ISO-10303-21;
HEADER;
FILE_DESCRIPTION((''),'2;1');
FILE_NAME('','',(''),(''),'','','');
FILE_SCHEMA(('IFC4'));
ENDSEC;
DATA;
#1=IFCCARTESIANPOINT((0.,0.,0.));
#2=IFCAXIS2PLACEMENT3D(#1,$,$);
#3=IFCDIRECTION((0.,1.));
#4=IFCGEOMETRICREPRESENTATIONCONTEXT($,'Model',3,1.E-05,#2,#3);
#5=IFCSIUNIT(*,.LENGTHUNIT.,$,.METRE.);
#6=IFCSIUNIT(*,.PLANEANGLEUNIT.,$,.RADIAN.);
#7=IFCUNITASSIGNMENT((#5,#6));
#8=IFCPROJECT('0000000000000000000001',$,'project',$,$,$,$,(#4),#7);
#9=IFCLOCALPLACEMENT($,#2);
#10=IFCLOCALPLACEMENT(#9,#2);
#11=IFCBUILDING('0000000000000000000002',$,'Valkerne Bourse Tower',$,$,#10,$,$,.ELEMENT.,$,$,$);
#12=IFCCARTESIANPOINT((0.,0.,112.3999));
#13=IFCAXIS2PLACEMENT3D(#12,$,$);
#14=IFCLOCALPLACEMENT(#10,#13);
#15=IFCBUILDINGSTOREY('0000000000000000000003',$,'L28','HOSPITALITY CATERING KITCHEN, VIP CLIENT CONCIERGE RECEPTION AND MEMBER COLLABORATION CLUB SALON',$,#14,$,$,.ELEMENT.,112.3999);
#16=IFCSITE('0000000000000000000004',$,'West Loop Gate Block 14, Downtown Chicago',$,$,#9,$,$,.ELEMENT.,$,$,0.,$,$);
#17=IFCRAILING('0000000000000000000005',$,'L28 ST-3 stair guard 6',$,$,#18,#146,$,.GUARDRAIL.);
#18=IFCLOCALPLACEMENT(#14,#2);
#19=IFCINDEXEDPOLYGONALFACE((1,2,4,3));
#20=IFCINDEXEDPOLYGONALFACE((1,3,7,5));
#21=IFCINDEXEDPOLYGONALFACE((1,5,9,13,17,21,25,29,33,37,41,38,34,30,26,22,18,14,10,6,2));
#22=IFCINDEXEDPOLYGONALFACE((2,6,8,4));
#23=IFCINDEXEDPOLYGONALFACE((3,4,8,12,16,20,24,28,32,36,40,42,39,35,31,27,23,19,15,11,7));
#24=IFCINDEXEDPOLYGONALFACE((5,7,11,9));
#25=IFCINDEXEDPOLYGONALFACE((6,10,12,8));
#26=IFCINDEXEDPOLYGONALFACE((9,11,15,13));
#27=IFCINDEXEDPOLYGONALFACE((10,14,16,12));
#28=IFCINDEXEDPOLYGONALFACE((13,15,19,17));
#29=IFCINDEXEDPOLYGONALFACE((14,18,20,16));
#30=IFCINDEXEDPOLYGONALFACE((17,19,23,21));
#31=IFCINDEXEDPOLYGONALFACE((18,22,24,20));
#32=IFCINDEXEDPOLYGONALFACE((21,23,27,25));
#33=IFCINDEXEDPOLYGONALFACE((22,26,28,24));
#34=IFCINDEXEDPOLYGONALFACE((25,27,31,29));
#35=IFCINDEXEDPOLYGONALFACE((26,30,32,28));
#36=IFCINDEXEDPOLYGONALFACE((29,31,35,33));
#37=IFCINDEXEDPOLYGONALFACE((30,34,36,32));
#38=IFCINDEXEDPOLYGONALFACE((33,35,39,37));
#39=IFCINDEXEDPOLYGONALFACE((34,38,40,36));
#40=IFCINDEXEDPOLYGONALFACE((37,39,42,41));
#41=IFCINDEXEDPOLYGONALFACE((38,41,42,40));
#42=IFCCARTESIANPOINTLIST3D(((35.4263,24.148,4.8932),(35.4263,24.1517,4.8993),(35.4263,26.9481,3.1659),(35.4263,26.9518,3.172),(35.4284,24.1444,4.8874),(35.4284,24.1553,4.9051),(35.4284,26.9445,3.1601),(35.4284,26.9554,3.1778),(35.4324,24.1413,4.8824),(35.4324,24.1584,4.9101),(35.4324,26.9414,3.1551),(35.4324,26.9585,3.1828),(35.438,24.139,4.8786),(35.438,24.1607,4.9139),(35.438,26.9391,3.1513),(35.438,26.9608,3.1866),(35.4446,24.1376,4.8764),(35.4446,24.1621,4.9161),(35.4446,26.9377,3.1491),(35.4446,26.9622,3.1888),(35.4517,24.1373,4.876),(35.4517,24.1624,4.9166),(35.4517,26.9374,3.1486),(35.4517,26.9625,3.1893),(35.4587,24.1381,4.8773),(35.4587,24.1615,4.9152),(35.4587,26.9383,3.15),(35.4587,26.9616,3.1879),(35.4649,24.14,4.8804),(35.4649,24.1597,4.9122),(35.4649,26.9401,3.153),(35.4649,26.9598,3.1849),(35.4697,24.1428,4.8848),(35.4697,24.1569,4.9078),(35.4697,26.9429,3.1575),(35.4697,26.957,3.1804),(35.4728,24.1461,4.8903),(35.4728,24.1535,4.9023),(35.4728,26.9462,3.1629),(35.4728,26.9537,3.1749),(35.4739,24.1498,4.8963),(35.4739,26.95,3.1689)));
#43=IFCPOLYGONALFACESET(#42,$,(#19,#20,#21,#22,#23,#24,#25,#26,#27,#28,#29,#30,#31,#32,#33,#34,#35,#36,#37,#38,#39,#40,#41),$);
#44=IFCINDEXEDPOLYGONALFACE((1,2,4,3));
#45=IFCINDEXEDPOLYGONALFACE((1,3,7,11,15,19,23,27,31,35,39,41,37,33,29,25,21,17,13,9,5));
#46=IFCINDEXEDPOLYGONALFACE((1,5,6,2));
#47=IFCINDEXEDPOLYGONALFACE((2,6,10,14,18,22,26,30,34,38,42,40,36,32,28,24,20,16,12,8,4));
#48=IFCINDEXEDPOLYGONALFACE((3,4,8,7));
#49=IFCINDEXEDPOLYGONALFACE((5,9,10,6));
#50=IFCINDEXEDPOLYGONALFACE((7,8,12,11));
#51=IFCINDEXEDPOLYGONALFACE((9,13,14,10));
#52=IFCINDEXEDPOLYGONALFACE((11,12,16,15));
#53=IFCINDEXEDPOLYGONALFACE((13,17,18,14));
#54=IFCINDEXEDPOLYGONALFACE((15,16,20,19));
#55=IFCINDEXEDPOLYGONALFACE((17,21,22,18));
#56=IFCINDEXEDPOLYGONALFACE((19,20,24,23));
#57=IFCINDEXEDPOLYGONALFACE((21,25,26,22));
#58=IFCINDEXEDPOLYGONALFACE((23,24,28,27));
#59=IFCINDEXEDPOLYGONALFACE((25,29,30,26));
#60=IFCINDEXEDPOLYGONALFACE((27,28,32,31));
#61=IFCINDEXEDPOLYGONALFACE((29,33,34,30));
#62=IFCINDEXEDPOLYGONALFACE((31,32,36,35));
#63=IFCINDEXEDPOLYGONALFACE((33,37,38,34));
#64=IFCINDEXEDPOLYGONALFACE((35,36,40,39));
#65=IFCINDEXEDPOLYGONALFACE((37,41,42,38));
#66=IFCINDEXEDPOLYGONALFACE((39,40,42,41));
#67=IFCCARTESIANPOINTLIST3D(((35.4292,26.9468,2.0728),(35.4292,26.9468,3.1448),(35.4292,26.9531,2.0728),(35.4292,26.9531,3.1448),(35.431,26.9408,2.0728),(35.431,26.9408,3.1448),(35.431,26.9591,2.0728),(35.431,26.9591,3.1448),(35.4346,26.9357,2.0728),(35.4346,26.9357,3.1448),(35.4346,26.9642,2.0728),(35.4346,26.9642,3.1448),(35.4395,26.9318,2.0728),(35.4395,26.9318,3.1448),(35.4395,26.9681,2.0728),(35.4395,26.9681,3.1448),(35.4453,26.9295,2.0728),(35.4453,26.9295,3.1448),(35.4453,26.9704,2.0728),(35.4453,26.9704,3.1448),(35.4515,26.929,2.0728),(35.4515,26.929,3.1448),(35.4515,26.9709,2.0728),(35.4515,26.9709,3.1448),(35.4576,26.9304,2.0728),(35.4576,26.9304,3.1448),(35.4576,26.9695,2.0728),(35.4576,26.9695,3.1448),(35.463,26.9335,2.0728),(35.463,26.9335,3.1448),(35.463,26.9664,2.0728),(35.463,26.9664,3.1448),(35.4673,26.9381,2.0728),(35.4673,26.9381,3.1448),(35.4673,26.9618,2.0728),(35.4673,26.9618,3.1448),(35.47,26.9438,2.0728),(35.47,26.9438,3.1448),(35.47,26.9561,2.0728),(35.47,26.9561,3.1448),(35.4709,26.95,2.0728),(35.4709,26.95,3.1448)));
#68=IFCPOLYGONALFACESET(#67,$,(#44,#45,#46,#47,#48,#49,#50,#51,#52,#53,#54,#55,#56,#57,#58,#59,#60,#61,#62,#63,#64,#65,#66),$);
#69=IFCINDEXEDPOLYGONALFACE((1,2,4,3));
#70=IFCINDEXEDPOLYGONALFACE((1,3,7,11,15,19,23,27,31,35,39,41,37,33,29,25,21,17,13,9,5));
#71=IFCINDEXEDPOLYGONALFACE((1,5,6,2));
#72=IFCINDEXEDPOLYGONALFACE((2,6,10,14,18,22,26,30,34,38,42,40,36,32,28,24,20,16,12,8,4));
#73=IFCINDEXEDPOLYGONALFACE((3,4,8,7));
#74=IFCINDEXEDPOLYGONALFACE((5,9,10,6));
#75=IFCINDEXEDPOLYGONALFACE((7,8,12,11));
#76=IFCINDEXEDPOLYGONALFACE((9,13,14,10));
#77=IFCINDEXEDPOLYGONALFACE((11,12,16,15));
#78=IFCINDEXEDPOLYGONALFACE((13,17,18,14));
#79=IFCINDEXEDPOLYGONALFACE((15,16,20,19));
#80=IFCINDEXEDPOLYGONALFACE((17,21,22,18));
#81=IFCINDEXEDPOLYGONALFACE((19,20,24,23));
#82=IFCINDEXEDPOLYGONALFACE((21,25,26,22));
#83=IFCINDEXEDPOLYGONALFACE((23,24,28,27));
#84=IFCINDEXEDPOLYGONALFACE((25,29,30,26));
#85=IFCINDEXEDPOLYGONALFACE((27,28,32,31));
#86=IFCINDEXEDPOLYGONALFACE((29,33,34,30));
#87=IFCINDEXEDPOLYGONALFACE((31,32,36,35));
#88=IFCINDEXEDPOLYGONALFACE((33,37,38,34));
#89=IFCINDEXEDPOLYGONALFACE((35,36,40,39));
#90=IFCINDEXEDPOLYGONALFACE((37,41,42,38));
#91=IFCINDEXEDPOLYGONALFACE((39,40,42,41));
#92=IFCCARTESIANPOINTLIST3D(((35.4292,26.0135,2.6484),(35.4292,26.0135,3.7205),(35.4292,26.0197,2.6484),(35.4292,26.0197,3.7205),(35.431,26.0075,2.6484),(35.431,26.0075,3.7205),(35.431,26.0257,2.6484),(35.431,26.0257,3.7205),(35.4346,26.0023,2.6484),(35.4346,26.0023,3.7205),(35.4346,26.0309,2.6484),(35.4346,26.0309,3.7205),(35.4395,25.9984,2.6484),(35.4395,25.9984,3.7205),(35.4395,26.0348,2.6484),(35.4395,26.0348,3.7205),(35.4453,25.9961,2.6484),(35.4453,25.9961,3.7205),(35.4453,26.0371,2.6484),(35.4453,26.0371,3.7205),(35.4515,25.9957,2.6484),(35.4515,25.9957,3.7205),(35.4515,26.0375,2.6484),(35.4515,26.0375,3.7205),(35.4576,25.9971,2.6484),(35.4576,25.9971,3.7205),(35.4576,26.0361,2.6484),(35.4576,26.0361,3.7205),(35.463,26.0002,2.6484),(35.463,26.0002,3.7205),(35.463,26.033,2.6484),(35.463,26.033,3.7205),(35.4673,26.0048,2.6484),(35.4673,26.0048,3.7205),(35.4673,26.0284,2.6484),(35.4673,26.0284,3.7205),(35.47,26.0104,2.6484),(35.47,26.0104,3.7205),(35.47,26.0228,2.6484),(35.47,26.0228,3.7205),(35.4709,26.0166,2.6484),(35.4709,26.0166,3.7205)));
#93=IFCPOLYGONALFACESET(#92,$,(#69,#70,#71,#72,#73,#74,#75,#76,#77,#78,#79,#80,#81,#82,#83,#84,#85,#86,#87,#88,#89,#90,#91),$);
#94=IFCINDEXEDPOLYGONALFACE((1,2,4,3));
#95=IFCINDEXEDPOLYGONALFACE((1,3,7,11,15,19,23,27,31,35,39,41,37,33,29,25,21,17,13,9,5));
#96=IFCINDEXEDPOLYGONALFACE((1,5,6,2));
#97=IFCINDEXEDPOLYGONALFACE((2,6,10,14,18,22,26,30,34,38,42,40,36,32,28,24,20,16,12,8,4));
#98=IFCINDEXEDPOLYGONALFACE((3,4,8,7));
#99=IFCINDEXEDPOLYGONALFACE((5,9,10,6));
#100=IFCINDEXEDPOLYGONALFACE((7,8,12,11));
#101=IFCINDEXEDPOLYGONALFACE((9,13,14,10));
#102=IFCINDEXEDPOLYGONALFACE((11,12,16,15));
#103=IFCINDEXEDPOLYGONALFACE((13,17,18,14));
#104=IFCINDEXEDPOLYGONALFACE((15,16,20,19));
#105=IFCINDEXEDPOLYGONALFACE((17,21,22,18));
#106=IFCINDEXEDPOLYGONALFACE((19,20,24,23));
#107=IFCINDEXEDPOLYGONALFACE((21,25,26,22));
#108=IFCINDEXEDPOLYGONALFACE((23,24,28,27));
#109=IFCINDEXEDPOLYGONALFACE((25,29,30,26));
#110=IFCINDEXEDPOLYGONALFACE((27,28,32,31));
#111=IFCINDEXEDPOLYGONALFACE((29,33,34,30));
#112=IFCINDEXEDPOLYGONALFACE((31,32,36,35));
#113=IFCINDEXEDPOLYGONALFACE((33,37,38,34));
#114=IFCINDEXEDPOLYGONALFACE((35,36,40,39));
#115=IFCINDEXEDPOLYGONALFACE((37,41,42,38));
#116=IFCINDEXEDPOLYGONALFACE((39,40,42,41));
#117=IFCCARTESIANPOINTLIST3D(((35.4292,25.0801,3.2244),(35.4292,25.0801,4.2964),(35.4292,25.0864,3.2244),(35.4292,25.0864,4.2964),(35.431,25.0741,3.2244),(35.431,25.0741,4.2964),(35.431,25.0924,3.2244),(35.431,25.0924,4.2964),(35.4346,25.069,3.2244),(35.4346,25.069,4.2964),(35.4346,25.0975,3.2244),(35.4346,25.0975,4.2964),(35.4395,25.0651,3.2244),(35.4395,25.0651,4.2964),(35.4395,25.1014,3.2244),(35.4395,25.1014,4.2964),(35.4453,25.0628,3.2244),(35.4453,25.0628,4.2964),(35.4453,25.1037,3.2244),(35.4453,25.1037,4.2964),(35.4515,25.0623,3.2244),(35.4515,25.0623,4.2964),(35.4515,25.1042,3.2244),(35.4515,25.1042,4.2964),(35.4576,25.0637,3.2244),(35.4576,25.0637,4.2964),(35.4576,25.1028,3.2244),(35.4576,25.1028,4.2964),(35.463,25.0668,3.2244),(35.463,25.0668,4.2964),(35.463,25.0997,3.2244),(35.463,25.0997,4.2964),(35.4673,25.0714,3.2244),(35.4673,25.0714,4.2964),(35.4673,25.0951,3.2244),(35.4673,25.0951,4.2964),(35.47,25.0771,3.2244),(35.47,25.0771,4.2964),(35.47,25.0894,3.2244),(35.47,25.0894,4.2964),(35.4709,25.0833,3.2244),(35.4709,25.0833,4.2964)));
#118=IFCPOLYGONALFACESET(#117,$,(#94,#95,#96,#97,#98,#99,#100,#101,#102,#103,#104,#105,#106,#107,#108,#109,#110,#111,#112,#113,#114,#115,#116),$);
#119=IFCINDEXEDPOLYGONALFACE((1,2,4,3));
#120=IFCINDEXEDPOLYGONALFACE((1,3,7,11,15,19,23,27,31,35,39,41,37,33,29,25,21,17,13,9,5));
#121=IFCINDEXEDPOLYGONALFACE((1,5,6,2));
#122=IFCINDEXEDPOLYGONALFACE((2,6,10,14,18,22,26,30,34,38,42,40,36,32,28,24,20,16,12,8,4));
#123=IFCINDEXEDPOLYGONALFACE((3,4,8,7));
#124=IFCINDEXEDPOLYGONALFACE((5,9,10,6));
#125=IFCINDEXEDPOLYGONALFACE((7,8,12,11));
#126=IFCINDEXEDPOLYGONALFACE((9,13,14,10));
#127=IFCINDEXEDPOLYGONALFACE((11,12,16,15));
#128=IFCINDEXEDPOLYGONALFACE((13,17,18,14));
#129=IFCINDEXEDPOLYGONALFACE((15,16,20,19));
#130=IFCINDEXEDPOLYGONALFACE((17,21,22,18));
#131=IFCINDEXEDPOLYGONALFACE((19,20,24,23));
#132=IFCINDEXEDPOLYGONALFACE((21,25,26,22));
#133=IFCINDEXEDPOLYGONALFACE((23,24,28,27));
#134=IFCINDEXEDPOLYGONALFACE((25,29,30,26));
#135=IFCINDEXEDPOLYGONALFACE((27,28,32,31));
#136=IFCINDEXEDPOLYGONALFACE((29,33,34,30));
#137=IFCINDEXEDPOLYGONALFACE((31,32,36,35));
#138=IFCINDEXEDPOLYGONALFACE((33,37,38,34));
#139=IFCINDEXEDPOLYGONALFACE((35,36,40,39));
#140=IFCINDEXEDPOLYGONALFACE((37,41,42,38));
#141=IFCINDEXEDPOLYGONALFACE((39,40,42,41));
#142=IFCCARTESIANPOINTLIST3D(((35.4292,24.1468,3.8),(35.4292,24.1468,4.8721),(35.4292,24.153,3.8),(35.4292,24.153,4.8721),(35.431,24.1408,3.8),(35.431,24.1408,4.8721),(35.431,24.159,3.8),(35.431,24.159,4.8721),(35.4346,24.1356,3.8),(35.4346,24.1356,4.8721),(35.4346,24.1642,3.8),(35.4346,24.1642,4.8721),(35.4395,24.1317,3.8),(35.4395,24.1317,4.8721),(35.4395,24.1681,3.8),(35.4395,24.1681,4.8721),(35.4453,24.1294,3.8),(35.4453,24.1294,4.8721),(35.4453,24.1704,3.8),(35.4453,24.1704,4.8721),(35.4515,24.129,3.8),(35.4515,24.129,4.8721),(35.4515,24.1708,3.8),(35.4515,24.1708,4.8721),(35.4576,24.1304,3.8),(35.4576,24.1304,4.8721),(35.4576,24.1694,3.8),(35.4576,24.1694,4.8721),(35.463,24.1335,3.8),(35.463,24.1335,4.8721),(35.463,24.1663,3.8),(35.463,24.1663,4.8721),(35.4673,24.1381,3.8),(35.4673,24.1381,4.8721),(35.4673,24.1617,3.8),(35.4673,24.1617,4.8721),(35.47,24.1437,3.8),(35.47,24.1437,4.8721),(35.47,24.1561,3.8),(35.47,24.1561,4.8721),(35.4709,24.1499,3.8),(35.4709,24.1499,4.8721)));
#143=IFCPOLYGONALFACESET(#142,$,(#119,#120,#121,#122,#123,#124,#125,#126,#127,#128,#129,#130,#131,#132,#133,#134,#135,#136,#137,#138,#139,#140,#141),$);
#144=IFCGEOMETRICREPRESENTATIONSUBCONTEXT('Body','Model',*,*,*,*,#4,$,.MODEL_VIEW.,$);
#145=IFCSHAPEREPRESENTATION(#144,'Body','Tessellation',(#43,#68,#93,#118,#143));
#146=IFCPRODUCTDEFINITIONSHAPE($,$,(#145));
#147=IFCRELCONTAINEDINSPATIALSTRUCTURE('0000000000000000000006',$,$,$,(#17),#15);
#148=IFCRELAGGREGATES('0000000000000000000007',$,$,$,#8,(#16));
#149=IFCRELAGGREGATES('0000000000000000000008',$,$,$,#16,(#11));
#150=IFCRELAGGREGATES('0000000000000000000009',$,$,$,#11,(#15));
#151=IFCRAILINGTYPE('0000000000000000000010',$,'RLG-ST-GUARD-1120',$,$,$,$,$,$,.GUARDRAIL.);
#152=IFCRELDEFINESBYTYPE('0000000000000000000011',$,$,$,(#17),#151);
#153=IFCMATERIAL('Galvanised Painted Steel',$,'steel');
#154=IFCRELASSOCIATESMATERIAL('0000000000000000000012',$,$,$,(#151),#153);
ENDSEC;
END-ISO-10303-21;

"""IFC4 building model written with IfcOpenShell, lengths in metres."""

from ifc_helpers import new_model, si_unit, direction, frame, origin, origin_2d, place, context, subcontext, project, spatial, circle, extrude, material, type_object, element, save


model = new_model("IFC4")

# Units and contexts
model_context = context("Model", 3, precision=1e-05, world=origin(), true_north=direction((0.0, 1.0)))
body_context = subcontext(model_context, "Body", "Model", "MODEL_VIEW")
ifc_project = project(units=[si_unit("LENGTHUNIT", "METRE"), si_unit("PLANEANGLEUNIT", "RADIAN")], contexts=[model_context])

# Site, building, storey
site_placement = place(None, origin())
site = spatial("IfcSite", under=ifc_project, at=site_placement, Name="West Loop Gate Block 14, Downtown Chicago", CompositionType="ELEMENT", RefElevation=0.0)
building_placement = place(site_placement, origin())
building = spatial("IfcBuilding", under=site, at=building_placement, Name="Valkerne Bourse Tower", CompositionType="ELEMENT")
storey_placement = place(building_placement, frame((0.0, 0.0, 112.3999)))
storey = spatial("IfcBuildingStorey", under=building, at=storey_placement, Name="L28", Description="HOSPITALITY CATERING KITCHEN, VIP CLIENT CONCIERGE RECEPTION AND MEMBER COLLABORATION CLUB SALON", CompositionType="ELEMENT", Elevation=112.3999)

# Railing
ifc_material_1 = material(Name="Galvanised Painted Steel", Category="steel")
railing_type_1 = type_object("IfcRailingType", Name="RLG-ST-GUARD-1120", PredefinedType="GUARDRAIL", material=ifc_material_1)
railing_1_placement = place(storey_placement, frame((35.45, 26.95, 2.0728)))
element("IfcRailing", 1, at=railing_1_placement, inside=storey, type_object=railing_type_1, Name="L28 ST-3 stair guard 6", PredefinedType="GUARDRAIL", context=body_context, shape_type="SweptSolid", body=[
    extrude(circle(Radius=0.0239, at=origin_2d()), frame((0.0, 0.0, 1.0962), z_axis=(0.0, -0.85109, 0.52502), x_axis=(1.0, 0.0, 0.0)), (0.0, 0.0, 1.0), 3.29),
    extrude(circle(Radius=0.021, at=origin_2d()), origin(), (0.0, 0.0, 1.0), 1.072),
    extrude(circle(Radius=0.021, at=origin_2d()), frame((0.0, -0.9333, 0.5757)), (0.0, 0.0, 1.0), 1.072),
    extrude(circle(Radius=0.021, at=origin_2d()), frame((0.0, -1.8667, 1.1516)), (0.0, 0.0, 1.0), 1.072),
    extrude(circle(Radius=0.021, at=origin_2d()), frame((0.0, -2.8, 1.7273)), (0.0, 0.0, 1.0), 1.072),
])

save(model, "model.ifc")
